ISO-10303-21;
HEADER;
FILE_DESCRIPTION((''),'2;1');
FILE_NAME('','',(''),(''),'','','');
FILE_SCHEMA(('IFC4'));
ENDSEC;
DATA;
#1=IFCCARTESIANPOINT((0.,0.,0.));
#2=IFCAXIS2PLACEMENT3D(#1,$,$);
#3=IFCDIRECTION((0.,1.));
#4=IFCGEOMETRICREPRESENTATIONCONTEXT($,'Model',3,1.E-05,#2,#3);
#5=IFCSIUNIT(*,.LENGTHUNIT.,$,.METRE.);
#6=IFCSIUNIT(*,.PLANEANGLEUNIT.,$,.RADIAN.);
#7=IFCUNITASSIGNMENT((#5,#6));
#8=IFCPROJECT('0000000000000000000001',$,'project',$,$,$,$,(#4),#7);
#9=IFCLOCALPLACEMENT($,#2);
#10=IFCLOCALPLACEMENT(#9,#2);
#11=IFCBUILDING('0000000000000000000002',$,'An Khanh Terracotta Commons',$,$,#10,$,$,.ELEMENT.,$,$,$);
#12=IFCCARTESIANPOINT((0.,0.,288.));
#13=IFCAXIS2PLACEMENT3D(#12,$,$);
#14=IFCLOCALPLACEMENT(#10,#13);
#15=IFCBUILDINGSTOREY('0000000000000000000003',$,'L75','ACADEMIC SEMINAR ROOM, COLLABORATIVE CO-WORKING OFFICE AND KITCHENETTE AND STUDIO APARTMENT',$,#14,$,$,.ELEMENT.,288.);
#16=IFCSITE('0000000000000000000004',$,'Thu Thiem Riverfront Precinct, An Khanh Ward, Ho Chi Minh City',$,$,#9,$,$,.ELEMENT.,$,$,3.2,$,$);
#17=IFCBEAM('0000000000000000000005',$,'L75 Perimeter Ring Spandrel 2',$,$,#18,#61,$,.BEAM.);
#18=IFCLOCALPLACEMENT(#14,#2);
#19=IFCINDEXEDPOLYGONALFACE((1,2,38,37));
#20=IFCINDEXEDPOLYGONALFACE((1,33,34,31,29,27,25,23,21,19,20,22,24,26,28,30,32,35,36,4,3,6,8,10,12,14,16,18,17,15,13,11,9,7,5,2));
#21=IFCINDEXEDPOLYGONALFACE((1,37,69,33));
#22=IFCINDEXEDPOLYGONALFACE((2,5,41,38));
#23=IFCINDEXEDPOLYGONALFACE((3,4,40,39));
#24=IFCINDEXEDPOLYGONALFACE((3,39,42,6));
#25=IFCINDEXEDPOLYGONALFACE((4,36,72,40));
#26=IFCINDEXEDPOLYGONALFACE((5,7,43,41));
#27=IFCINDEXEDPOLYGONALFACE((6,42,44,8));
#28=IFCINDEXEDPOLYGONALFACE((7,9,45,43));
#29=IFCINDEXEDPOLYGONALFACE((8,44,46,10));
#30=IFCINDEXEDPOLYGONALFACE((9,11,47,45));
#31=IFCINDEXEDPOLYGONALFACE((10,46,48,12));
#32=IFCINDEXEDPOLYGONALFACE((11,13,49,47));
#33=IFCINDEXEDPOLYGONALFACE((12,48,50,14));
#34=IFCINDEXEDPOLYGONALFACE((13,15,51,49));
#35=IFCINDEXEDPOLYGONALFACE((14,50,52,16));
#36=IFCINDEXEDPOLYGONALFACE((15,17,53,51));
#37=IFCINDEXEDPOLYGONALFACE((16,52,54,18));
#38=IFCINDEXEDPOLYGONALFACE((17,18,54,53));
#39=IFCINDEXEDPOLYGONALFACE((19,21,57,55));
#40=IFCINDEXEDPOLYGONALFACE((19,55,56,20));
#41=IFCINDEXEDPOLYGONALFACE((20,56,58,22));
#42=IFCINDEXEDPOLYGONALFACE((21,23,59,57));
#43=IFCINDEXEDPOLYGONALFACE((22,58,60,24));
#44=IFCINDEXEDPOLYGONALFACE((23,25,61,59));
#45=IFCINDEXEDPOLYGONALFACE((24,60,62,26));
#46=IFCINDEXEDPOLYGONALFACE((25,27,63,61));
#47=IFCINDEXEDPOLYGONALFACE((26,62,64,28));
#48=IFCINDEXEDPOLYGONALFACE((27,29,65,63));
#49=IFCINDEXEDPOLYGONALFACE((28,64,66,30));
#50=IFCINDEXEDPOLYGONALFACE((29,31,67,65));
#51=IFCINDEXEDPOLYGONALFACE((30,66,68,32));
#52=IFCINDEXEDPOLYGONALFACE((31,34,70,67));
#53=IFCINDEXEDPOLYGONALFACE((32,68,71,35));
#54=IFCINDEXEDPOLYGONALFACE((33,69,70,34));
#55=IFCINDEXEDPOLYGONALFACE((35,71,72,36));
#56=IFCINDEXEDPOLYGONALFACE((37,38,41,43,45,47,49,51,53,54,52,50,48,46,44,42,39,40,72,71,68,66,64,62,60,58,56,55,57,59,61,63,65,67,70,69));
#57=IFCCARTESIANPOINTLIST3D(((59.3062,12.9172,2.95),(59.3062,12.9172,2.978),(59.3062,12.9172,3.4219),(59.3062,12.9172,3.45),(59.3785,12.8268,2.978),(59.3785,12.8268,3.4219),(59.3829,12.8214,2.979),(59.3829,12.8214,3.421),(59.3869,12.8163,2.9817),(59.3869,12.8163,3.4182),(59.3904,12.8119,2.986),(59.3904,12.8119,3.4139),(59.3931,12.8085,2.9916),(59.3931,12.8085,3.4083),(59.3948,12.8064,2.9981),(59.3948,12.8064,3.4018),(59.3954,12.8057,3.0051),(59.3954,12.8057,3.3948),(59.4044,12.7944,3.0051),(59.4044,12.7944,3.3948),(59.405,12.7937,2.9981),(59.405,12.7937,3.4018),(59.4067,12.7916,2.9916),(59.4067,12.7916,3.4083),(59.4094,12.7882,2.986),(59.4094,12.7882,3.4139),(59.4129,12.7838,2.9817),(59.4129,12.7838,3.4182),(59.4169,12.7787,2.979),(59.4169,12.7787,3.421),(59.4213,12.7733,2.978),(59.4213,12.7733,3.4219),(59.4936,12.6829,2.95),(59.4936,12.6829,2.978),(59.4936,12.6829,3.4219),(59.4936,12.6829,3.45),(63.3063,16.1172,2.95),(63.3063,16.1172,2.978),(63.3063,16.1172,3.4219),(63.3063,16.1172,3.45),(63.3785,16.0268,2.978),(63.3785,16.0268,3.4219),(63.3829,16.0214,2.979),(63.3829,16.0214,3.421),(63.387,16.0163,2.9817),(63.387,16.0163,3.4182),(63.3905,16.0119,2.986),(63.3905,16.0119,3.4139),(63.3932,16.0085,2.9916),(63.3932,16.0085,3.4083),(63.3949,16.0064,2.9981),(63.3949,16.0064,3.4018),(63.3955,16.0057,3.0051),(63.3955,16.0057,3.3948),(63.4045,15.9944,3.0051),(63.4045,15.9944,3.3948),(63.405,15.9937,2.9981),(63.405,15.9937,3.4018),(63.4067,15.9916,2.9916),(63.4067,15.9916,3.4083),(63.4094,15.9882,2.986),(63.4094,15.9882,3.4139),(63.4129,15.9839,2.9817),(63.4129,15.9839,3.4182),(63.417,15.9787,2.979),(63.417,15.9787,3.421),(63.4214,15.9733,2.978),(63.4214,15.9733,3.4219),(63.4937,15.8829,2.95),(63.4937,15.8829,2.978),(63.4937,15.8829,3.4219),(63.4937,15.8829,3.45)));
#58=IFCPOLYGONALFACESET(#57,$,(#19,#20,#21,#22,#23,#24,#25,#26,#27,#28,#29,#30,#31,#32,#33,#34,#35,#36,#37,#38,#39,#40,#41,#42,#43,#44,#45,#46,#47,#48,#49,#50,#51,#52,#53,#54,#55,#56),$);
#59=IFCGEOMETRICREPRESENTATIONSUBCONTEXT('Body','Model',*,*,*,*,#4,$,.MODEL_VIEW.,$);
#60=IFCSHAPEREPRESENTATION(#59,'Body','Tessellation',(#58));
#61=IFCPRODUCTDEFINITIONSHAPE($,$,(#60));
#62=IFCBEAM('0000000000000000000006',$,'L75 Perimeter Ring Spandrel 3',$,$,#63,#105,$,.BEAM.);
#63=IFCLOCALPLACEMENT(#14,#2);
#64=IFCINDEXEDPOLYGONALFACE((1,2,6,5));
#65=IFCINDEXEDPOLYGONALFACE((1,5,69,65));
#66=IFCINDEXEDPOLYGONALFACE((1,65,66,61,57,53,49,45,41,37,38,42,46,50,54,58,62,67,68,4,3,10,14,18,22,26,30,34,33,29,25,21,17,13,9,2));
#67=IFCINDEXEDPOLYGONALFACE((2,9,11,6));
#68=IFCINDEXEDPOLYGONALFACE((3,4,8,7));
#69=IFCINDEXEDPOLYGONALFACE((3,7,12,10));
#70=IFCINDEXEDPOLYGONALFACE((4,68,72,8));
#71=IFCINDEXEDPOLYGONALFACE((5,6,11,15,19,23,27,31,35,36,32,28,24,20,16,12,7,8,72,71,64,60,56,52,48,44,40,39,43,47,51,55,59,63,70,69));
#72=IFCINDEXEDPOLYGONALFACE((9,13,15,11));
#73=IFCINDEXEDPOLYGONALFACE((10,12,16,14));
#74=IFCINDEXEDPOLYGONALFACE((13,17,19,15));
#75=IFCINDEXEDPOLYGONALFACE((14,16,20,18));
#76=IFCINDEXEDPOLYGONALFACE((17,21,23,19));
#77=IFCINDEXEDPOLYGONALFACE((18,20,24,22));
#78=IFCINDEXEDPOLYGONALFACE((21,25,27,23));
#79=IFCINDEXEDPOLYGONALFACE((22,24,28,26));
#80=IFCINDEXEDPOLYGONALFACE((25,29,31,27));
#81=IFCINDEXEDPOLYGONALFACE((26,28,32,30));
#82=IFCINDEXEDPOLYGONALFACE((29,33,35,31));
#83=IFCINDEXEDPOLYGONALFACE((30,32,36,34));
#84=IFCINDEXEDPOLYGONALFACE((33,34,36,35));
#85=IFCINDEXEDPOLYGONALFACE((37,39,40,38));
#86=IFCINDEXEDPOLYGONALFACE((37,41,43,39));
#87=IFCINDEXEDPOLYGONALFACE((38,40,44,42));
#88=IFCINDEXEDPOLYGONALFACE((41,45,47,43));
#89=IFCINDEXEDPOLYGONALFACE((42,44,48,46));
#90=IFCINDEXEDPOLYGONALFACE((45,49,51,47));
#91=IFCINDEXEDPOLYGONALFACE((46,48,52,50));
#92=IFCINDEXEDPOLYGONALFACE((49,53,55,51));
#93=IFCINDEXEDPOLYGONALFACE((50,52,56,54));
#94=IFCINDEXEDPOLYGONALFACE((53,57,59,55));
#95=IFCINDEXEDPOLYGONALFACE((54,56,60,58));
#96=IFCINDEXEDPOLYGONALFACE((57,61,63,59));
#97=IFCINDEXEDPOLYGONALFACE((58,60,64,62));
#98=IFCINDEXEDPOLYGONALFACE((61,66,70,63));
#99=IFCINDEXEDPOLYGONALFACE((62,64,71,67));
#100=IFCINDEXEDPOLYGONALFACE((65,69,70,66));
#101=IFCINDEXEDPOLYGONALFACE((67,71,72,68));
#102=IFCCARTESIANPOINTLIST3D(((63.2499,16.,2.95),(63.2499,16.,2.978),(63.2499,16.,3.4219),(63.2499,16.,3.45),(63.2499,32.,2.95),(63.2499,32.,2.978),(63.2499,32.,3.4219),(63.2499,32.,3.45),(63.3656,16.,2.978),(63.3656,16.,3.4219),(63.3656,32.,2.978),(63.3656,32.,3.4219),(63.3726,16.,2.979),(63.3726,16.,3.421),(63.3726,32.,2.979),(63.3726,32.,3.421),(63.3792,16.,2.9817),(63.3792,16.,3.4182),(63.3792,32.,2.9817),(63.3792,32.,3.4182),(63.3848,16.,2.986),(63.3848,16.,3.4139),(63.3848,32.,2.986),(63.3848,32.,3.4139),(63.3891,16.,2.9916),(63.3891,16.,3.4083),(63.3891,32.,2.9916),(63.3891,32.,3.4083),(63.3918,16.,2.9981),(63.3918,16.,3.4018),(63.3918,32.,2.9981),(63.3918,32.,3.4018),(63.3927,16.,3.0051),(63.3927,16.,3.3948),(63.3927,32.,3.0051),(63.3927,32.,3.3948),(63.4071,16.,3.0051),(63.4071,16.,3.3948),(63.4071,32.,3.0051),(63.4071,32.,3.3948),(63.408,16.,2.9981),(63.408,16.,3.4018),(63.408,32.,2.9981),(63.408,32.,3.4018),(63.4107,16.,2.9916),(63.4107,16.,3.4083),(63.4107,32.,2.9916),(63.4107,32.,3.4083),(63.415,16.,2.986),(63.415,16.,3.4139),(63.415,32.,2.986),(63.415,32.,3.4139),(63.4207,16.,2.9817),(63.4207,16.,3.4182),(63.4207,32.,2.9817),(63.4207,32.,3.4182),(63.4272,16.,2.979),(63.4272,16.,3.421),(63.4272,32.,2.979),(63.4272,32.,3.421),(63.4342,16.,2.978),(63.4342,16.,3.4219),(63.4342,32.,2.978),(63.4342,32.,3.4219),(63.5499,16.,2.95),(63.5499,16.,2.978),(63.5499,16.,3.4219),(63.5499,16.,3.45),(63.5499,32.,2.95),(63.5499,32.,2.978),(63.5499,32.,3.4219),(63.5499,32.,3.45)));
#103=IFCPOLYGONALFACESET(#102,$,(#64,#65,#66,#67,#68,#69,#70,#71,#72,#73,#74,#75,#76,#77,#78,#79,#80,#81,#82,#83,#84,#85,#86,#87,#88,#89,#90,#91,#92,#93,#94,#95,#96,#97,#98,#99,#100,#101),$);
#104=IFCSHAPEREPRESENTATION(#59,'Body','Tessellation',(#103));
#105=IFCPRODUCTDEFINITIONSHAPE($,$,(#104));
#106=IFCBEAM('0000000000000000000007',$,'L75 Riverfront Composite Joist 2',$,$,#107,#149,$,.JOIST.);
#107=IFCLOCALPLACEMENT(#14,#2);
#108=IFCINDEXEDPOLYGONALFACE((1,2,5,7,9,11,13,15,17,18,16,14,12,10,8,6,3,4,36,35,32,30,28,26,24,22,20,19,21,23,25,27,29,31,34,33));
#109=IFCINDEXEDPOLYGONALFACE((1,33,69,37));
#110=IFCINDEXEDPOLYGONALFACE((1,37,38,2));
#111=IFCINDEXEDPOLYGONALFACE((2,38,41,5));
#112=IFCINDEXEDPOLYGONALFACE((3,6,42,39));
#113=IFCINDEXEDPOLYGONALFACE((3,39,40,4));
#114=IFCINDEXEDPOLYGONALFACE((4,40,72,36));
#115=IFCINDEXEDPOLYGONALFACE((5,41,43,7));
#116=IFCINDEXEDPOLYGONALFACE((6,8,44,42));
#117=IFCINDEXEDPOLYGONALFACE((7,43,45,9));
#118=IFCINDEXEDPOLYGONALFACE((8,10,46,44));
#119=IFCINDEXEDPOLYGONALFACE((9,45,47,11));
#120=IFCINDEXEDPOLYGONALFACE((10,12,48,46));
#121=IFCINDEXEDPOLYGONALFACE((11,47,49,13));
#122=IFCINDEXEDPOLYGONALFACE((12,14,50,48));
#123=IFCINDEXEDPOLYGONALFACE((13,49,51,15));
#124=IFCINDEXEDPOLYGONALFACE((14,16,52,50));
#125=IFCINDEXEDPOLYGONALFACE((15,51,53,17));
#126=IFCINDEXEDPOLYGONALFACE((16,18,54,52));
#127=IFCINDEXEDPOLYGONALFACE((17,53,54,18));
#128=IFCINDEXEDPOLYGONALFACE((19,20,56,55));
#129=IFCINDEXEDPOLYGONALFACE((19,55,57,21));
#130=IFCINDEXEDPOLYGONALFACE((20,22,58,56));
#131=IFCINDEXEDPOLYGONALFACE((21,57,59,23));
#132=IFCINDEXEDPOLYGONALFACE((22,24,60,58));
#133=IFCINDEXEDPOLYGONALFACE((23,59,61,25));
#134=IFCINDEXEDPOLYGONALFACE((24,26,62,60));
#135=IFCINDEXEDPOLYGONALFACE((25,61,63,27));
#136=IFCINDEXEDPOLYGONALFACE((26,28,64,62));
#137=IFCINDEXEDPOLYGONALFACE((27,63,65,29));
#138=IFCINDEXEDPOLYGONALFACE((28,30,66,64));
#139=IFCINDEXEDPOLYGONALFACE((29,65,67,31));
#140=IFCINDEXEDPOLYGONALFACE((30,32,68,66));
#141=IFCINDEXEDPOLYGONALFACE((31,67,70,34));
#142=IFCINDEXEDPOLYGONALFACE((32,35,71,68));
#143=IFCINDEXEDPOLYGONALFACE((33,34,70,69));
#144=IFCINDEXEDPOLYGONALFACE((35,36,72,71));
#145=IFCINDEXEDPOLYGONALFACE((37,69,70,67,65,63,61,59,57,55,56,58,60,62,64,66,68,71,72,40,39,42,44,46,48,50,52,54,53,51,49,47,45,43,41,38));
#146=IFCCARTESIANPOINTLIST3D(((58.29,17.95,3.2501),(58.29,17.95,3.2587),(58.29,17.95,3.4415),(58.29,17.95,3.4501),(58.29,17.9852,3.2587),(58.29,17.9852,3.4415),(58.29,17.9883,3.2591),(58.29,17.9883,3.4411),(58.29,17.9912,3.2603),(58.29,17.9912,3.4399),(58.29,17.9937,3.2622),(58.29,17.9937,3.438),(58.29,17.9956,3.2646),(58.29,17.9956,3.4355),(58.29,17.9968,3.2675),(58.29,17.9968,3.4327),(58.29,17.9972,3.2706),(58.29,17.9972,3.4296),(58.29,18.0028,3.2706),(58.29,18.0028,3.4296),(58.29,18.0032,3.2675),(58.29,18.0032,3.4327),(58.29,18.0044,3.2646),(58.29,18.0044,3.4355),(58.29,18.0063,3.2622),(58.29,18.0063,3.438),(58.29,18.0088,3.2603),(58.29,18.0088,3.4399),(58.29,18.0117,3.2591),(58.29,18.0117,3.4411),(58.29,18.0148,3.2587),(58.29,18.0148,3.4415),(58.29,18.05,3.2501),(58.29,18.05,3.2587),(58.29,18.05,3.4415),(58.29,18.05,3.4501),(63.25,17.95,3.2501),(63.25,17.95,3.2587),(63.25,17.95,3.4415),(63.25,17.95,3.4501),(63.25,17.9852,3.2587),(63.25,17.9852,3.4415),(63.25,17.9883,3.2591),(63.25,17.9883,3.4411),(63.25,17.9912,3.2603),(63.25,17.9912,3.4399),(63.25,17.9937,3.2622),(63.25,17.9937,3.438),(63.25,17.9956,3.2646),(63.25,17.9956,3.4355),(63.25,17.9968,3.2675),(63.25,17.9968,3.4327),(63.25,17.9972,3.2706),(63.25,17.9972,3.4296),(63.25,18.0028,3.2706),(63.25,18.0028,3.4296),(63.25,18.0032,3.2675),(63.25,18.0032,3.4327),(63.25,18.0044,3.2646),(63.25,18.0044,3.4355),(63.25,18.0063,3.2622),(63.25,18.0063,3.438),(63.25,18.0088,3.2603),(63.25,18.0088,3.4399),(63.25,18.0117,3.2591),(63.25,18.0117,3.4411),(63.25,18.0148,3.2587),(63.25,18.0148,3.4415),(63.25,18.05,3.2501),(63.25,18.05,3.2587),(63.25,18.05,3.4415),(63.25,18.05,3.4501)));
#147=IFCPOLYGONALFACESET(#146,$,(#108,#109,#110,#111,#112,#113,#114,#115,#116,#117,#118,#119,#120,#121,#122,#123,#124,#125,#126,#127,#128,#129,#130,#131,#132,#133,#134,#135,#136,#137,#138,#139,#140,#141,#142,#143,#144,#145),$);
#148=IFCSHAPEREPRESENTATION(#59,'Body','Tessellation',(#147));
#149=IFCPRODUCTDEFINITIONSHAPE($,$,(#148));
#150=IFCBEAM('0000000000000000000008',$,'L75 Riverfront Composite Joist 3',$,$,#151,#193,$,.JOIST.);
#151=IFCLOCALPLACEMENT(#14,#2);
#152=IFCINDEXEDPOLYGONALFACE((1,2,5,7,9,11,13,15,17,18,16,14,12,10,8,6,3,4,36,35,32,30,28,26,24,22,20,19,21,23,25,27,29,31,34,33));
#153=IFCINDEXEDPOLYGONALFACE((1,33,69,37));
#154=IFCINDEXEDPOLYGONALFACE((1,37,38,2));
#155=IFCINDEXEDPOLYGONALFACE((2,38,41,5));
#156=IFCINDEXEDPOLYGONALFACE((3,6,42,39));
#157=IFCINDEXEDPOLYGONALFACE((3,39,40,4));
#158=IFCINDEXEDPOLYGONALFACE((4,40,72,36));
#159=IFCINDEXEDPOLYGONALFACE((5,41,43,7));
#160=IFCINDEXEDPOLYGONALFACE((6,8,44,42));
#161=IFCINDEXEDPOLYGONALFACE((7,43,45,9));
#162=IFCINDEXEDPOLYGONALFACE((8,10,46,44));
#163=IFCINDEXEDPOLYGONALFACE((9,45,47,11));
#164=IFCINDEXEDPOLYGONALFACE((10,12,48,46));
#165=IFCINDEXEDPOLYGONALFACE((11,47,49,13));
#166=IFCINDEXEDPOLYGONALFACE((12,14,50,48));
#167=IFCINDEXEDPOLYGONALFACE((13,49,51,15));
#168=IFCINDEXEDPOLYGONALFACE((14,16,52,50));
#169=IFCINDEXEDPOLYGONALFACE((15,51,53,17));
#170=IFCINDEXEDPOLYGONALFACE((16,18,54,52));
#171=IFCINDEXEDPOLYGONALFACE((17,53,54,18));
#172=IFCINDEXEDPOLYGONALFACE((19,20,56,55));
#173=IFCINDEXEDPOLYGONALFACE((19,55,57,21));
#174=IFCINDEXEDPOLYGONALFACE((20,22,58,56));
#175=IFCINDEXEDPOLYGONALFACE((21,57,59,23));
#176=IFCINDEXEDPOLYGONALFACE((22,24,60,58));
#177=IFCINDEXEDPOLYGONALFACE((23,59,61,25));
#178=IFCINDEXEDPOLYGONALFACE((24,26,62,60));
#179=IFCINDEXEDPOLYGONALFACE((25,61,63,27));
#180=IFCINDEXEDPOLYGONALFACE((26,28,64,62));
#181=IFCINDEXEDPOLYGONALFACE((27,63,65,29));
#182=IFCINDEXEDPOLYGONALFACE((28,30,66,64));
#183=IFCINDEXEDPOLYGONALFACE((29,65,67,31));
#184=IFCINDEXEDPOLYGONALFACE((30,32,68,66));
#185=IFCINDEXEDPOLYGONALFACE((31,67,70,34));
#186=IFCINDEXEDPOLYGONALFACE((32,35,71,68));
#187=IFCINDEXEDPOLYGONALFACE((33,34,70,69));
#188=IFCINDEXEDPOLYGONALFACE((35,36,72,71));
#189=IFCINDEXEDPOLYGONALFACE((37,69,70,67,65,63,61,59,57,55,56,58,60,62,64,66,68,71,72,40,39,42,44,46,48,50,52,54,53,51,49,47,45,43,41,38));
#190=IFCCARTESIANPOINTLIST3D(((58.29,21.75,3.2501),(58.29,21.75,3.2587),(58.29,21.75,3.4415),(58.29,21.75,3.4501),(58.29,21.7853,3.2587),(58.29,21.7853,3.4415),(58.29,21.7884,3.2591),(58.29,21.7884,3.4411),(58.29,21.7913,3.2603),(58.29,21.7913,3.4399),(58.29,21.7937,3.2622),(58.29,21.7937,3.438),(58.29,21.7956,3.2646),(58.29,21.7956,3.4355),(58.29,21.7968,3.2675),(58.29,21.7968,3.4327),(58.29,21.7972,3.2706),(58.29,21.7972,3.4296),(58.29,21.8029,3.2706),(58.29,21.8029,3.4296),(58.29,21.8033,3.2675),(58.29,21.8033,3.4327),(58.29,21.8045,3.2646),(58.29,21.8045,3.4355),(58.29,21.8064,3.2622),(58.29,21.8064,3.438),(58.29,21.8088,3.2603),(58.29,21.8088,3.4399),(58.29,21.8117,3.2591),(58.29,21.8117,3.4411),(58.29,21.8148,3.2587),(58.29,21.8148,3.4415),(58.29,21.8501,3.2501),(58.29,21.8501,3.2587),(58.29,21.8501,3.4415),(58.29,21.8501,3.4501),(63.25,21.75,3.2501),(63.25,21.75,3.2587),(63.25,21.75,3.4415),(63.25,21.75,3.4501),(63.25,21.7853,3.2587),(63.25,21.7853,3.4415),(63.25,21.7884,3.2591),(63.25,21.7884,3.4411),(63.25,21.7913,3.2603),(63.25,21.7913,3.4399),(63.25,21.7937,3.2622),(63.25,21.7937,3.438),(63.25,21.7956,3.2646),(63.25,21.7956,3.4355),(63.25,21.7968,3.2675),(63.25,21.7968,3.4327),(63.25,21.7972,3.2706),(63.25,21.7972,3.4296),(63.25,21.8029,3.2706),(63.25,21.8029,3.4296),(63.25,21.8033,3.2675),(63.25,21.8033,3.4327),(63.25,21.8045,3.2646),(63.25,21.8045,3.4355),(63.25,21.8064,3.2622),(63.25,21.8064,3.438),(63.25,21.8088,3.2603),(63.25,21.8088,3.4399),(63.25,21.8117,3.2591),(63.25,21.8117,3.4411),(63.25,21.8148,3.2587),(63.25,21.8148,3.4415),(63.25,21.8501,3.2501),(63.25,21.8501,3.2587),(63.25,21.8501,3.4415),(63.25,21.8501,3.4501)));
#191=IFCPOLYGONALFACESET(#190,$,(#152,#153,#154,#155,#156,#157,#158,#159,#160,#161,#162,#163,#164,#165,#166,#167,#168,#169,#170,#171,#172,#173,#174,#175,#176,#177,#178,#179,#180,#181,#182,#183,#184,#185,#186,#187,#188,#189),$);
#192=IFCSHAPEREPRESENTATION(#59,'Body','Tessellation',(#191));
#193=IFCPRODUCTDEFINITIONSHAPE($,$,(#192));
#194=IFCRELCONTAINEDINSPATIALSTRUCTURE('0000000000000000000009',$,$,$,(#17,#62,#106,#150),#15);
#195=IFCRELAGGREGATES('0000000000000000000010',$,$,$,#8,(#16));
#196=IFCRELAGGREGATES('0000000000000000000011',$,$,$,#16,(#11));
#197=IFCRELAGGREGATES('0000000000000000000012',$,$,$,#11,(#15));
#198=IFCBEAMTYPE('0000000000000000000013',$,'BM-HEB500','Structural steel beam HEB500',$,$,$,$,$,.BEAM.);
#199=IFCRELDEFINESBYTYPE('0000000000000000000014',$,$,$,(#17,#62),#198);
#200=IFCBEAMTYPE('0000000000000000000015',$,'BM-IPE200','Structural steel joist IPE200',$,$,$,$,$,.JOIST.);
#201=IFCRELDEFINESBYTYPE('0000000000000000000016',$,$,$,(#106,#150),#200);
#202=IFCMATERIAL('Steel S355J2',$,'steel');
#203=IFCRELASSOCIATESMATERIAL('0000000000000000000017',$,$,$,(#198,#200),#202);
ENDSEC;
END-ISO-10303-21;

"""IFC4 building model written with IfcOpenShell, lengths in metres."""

from ifc_helpers import new_model, si_unit, direction, frame, origin, origin_2d, place, context, subcontext, project, spatial, i_section, extrude, material, material_profile, profile_set, type_object, element, save


model = new_model("IFC4")

# Units and contexts
model_context = context("Model", 3, precision=1e-05, world=origin(), true_north=direction((0.0, 1.0)))
body_context = subcontext(model_context, "Body", "Model", "MODEL_VIEW")
ifc_project = project(units=[si_unit("LENGTHUNIT", "METRE"), si_unit("PLANEANGLEUNIT", "RADIAN")], contexts=[model_context])

# Site, building, storey
site_placement = place(None, origin())
site = spatial("IfcSite", under=ifc_project, at=site_placement, Name="Thu Thiem Riverfront Precinct, An Khanh Ward, Ho Chi Minh City", CompositionType="ELEMENT", RefElevation=3.2)
building_placement = place(site_placement, origin())
building = spatial("IfcBuilding", under=site, at=building_placement, Name="An Khanh Terracotta Commons", CompositionType="ELEMENT")
storey_placement = place(building_placement, frame((0.0, 0.0, 288.0)))
storey = spatial("IfcBuildingStorey", under=building, at=storey_placement, Name="L75", Description="ACADEMIC SEMINAR ROOM, COLLABORATIVE CO-WORKING OFFICE AND KITCHENETTE AND STUDIO APARTMENT", CompositionType="ELEMENT", Elevation=288.0)

# Beams
ifc_material_1 = material(Name="Steel S355J2", Category="steel")
ifc_material_profile_1 = material_profile(ifc_material_1, i_section(OverallWidth=0.3, OverallDepth=0.5, WebThickness=0.0144, FlangeThickness=0.0281, FilletRadius=0.0271, at=origin_2d()), Name="HEB500")
ifc_profile_set_1 = profile_set([ifc_material_profile_1], Name="Steel S355J2")
beam_type_1 = type_object("IfcBeamType", Name="BM-HEB500", Description="Structural steel beam HEB500", PredefinedType="BEAM", material=ifc_profile_set_1)
beam_1_placement = place(storey_placement, frame((59.3999, 12.8, 3.2), z_axis=(0.780873, 0.624689, 0.0), x_axis=(-0.624689, 0.780873, 0.0)))
element("IfcBeam", 1, at=beam_1_placement, inside=storey, type_object=beam_type_1, Name="L75 Perimeter Ring Spandrel 2", PredefinedType="BEAM", context=body_context, shape_type="SweptSolid", body=[
    extrude(i_section(OverallWidth=0.3, OverallDepth=0.5, WebThickness=0.0144, FlangeThickness=0.0281, FilletRadius=0.0271, at=origin_2d()), origin(), (0.0, 0.0, 1.0), 5.1226),
])
beam_2_placement = place(storey_placement, frame((63.3999, 16.0, 3.2), z_axis=(0.0, 1.0, 0.0), x_axis=(-1.0, 0.0, 0.0)))
element("IfcBeam", 2, at=beam_2_placement, inside=storey, type_object=beam_type_1, Name="L75 Perimeter Ring Spandrel 3", PredefinedType="BEAM", context=body_context, shape_type="SweptSolid", body=[
    extrude(i_section(OverallWidth=0.3, OverallDepth=0.5, WebThickness=0.0144, FlangeThickness=0.0281, FilletRadius=0.0271, at=origin_2d()), origin(), (0.0, 0.0, 1.0), 16.0),
])
ifc_material_profile_2 = material_profile(ifc_material_1, i_section(OverallWidth=0.1001, OverallDepth=0.2, WebThickness=0.0056, FlangeThickness=0.0085, FilletRadius=0.012, at=origin_2d()), Name="IPE200")
ifc_profile_set_2 = profile_set([ifc_material_profile_2], Name="Steel S355J2")
beam_type_2 = type_object("IfcBeamType", Name="BM-IPE200", Description="Structural steel joist IPE200", PredefinedType="JOIST", material=ifc_profile_set_2)
for number, where, z_axis, x_axis, name in (
    (3, (58.29, 18.0, 3.3501), (1.0, 0.0, 0.0), (0.0, 1.0, 0.0), "L75 Riverfront Composite Joist 2"),
    (4, (58.29, 21.8, 3.3501), (1.0, 0.0, 0.0), (0.0, 1.0, 0.0), "L75 Riverfront Composite Joist 3"),
):
    element("IfcBeam", number, at=place(storey_placement, frame(where, z_axis=z_axis, x_axis=x_axis)), inside=storey, type_object=beam_type_2, Name=name, PredefinedType="JOIST", context=body_context, shape_type="SweptSolid", body=[
        extrude(i_section(OverallWidth=0.1001, OverallDepth=0.2, WebThickness=0.0056, FlangeThickness=0.0085, FilletRadius=0.012, at=origin_2d()), origin(), (0.0, 0.0, 1.0), 4.96),
    ])

save(model, "model.ifc")
